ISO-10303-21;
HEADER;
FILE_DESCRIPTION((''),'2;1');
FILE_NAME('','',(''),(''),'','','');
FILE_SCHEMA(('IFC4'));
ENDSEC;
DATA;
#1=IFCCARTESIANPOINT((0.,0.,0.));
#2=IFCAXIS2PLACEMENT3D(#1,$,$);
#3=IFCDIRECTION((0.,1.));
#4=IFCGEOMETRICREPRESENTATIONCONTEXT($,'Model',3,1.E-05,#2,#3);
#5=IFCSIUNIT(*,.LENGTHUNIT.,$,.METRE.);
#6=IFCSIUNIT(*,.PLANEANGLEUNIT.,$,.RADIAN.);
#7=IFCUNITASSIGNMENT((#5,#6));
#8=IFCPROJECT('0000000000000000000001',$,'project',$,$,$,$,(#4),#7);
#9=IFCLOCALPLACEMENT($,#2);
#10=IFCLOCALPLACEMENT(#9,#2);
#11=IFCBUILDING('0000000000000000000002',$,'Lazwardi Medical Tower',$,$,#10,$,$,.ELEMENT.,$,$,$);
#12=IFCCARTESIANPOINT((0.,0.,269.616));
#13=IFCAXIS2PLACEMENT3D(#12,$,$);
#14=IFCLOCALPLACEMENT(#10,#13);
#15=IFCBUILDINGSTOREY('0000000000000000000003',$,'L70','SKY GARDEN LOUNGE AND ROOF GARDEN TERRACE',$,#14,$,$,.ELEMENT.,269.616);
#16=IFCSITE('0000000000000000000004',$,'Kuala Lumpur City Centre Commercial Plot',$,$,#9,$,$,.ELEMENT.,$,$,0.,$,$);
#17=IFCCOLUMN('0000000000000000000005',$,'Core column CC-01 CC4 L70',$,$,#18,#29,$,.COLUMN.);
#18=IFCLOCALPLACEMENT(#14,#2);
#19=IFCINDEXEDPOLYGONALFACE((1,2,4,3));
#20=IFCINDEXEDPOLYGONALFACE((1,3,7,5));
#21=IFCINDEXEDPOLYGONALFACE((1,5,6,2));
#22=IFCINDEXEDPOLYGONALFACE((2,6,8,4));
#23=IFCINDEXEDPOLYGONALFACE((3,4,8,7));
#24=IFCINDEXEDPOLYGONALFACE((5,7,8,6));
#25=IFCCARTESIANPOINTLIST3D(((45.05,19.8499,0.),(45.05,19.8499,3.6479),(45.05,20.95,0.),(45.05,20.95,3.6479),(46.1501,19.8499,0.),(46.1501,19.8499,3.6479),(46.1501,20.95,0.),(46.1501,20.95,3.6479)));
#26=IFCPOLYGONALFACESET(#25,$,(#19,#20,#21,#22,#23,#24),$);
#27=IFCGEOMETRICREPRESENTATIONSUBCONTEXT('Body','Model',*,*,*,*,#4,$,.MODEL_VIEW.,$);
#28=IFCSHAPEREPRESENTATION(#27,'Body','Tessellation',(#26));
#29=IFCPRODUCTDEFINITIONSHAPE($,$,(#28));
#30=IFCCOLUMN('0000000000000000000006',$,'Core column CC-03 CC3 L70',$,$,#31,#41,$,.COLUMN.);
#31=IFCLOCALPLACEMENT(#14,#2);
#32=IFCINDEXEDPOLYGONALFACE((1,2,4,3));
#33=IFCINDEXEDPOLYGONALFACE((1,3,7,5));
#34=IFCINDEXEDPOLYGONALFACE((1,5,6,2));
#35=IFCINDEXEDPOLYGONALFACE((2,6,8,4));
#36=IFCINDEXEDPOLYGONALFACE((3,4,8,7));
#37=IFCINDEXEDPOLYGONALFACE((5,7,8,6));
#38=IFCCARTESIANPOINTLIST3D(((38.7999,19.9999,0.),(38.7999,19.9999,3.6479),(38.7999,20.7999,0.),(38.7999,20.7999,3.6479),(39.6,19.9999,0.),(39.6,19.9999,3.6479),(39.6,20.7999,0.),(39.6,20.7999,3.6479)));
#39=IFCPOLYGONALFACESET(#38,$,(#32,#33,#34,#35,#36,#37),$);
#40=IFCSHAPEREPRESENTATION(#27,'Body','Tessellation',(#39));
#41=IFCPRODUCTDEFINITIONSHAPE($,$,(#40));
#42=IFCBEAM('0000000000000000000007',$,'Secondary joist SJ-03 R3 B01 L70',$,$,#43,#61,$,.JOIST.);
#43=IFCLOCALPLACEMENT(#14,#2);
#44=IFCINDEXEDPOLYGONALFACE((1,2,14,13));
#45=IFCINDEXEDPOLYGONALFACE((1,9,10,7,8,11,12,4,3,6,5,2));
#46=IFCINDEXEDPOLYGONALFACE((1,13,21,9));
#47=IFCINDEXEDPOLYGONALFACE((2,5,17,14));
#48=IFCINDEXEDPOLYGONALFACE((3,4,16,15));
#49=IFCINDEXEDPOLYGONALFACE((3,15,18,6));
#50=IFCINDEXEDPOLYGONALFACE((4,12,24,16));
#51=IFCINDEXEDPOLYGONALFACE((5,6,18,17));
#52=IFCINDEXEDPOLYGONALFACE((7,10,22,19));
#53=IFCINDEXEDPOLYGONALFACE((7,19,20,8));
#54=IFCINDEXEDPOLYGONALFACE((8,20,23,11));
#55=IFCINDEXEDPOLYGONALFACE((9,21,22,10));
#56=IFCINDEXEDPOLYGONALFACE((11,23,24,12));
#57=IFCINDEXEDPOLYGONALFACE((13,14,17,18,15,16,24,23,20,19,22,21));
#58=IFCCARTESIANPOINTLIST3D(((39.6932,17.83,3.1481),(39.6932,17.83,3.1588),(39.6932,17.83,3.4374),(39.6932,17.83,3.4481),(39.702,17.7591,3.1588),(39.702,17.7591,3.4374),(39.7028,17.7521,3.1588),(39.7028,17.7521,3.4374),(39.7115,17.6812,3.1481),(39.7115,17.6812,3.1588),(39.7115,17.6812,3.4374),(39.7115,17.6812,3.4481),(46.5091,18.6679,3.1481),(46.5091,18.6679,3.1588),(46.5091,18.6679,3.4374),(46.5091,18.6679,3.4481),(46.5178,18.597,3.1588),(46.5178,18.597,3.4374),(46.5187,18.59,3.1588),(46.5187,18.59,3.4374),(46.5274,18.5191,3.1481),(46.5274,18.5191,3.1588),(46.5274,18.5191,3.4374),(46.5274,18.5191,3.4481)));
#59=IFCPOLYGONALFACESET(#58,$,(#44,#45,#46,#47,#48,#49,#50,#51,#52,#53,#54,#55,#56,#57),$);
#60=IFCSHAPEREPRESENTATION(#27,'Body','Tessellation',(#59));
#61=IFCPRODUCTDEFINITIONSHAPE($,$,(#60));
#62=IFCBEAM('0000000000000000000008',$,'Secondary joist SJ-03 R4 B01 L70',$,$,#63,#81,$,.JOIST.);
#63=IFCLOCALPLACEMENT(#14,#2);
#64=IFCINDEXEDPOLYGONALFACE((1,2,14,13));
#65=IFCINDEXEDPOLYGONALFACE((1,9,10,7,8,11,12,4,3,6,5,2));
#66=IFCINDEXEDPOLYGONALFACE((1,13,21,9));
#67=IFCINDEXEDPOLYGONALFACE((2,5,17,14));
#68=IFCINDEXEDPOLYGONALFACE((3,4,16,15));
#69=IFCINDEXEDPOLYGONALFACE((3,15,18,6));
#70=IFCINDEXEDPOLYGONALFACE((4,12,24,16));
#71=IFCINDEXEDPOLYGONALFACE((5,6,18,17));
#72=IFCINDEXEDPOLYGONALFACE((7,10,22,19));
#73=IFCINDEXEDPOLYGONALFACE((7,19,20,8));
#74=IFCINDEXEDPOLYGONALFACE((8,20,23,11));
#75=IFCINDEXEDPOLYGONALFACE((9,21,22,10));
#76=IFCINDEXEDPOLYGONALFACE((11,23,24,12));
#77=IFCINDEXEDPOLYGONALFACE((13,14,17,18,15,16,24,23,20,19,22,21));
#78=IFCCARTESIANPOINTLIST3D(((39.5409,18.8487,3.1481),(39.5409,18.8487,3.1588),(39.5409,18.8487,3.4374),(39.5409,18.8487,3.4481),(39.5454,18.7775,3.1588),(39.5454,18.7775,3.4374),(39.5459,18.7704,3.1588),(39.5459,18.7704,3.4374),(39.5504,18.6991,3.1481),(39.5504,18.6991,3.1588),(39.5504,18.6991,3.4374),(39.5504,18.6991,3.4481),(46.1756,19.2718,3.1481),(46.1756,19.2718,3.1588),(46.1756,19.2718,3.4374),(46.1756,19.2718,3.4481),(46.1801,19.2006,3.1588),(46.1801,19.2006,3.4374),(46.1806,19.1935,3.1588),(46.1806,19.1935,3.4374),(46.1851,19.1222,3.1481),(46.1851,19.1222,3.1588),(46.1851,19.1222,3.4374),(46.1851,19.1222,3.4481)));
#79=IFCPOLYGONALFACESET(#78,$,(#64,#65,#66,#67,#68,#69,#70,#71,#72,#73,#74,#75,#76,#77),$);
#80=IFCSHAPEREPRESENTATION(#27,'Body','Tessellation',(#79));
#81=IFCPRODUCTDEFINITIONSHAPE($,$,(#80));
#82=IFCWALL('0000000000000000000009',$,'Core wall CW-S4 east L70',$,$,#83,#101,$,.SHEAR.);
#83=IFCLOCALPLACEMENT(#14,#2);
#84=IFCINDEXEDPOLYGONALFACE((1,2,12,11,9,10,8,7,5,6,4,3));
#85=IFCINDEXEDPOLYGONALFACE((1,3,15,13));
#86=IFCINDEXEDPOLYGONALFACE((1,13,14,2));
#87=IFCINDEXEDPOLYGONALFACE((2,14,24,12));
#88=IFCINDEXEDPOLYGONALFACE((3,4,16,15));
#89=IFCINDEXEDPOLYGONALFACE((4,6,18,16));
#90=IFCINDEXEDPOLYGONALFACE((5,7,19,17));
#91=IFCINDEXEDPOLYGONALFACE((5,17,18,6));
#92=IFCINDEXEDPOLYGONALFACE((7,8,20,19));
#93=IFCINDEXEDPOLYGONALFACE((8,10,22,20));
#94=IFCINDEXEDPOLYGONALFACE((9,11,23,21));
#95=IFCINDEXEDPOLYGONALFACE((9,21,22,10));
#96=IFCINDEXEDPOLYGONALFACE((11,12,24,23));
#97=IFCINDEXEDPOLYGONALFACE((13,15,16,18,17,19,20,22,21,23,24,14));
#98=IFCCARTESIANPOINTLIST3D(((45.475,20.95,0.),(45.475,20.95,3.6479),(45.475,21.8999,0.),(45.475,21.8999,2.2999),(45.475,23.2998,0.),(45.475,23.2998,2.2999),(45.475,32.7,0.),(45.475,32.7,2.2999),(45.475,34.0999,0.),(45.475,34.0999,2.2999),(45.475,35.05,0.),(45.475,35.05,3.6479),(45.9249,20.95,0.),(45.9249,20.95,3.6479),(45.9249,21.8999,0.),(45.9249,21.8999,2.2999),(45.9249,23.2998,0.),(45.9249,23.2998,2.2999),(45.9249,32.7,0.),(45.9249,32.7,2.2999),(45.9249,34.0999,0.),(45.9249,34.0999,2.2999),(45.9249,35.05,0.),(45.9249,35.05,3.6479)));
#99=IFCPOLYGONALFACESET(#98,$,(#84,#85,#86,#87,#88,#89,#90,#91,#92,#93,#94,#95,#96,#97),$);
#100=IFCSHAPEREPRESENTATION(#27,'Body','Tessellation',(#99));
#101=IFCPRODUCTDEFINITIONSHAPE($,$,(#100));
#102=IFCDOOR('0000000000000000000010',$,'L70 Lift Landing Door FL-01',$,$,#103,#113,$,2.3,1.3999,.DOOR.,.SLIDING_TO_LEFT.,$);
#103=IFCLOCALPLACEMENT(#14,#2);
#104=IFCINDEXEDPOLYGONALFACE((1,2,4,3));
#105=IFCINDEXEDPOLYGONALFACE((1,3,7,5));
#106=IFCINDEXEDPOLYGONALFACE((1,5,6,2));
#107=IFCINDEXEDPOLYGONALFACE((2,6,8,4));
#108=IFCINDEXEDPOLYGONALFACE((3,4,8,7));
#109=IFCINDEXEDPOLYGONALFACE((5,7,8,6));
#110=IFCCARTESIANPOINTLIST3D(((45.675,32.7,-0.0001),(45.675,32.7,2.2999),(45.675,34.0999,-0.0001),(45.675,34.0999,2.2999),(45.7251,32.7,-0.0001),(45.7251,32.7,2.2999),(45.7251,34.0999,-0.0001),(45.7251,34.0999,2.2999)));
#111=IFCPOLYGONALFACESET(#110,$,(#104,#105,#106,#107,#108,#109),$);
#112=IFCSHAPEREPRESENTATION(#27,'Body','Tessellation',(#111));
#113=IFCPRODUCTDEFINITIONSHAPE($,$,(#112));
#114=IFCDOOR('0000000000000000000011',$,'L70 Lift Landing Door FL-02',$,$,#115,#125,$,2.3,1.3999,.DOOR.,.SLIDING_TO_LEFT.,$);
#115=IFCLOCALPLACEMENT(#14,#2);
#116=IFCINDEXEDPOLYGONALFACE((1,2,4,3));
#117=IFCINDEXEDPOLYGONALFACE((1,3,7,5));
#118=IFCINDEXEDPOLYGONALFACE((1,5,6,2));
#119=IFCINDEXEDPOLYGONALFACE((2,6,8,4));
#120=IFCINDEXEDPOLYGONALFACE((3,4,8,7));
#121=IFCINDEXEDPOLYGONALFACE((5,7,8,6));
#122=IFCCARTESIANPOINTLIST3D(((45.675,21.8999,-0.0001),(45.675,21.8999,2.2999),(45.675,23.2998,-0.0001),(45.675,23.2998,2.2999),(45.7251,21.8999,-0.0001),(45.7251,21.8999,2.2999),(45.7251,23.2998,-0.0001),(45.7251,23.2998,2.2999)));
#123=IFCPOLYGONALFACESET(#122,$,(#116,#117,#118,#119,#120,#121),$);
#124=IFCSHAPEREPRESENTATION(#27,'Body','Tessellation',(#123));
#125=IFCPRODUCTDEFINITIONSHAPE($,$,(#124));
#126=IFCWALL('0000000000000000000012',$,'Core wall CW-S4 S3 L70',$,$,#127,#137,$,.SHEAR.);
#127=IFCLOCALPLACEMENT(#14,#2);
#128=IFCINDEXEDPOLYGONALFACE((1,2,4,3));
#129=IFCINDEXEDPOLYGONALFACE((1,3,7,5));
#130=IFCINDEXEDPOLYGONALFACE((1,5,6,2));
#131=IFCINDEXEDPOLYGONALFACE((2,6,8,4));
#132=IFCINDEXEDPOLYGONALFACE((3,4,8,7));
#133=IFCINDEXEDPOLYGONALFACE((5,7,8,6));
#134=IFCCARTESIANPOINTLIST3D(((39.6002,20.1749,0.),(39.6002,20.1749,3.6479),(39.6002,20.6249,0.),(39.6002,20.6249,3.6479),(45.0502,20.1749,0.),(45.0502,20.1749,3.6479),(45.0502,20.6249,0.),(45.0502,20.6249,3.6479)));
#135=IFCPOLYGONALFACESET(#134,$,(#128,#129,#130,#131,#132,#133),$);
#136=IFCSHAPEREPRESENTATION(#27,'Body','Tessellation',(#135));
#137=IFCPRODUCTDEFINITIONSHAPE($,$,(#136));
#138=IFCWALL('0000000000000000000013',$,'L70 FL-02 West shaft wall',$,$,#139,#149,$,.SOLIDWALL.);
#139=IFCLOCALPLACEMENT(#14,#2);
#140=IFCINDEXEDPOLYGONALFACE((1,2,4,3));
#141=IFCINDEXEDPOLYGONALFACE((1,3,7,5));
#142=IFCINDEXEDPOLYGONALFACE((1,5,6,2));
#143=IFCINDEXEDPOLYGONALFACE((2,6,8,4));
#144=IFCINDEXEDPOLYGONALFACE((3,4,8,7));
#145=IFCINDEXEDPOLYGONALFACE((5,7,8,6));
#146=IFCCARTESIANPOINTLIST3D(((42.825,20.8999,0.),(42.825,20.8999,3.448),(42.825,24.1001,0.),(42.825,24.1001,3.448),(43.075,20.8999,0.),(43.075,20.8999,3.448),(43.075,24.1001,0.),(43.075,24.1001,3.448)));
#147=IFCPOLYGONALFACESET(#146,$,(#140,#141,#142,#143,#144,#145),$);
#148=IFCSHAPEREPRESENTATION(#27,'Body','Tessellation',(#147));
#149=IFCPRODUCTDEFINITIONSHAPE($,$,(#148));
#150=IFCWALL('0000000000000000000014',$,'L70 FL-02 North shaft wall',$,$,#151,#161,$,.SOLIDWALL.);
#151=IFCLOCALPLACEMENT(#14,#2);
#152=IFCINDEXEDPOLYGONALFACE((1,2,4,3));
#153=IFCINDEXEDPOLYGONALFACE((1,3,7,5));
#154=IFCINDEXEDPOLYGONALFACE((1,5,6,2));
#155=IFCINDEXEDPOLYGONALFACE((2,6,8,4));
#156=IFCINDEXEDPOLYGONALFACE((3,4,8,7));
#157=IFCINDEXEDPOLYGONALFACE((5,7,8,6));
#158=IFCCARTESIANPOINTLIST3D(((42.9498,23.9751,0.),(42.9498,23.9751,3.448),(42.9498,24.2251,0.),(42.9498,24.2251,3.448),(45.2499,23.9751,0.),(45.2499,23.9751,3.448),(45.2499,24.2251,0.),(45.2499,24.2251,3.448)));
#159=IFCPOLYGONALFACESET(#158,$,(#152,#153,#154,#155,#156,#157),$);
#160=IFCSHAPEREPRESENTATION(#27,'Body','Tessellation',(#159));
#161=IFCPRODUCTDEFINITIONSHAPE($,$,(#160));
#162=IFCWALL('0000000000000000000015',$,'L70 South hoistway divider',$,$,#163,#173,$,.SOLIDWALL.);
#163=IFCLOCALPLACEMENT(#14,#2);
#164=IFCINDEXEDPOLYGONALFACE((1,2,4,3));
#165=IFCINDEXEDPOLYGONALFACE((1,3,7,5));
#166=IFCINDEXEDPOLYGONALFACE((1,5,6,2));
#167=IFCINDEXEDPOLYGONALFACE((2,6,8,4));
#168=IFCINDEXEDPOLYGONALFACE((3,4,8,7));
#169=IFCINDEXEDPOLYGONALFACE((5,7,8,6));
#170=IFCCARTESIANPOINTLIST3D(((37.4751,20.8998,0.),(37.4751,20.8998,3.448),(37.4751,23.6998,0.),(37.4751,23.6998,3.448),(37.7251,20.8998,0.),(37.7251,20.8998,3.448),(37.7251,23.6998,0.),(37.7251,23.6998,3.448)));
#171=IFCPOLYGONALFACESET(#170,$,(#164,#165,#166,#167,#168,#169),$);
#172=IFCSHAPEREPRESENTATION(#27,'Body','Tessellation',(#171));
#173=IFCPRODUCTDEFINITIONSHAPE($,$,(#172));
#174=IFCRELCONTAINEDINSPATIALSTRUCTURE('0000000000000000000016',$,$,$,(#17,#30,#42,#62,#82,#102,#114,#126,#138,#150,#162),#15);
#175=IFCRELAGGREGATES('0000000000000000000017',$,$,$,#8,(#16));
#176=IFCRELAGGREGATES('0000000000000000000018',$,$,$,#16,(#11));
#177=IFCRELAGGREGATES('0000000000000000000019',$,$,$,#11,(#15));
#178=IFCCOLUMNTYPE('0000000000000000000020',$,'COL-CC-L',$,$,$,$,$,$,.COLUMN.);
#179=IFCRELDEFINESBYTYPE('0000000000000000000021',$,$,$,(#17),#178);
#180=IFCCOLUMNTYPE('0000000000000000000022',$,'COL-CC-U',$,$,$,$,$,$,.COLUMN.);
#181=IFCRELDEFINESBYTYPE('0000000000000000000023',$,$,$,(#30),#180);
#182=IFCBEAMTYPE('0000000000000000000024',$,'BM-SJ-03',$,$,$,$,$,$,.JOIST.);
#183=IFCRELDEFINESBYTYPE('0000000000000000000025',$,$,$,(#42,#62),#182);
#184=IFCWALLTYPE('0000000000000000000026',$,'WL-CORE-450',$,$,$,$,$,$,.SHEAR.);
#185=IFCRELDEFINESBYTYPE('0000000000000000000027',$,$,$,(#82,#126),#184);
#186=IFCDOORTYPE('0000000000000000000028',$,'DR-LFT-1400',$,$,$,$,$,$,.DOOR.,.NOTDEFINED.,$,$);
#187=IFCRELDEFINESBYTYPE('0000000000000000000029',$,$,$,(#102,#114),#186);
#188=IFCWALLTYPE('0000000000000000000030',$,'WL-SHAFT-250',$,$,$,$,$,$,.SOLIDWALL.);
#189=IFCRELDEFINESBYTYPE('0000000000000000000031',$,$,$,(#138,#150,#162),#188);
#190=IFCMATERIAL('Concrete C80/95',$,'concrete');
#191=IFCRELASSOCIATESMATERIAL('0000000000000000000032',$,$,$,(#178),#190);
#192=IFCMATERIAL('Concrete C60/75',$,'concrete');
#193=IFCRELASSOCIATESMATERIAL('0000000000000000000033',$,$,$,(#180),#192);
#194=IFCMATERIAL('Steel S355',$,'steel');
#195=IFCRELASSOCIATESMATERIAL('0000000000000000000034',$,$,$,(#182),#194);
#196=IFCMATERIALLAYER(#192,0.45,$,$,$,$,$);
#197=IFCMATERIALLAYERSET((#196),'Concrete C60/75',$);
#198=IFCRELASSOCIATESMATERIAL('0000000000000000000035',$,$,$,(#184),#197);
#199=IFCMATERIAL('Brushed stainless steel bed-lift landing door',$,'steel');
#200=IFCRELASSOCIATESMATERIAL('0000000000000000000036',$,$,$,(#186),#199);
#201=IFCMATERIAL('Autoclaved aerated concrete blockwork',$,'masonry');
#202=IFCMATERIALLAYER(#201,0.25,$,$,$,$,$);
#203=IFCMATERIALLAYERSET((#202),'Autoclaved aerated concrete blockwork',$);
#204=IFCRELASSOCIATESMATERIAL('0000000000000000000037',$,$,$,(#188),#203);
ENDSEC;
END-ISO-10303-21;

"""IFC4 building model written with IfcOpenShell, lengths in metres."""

from ifc_helpers import new_model, si_unit, direction, frame, frame_2d, origin, origin_2d, place, context, subcontext, project, spatial, rectangle, i_section, extrude, material, layer, layer_set, material_profile, profile_set, type_object, element, fill, save


model = new_model("IFC4")

# Units and contexts
model_context = context("Model", 3, precision=1e-05, world=origin(), true_north=direction((0.0, 1.0)))
body_context = subcontext(model_context, "Body", "Model", "MODEL_VIEW")
ifc_project = project(units=[si_unit("LENGTHUNIT", "METRE"), si_unit("PLANEANGLEUNIT", "RADIAN")], contexts=[model_context])

# Site, building, storey
site_placement = place(None, origin())
site = spatial("IfcSite", under=ifc_project, at=site_placement, Name="Kuala Lumpur City Centre Commercial Plot", CompositionType="ELEMENT", RefElevation=0.0)
building_placement = place(site_placement, origin())
building = spatial("IfcBuilding", under=site, at=building_placement, Name="Lazwardi Medical Tower", CompositionType="ELEMENT")
storey_placement = place(building_placement, frame((0.0, 0.0, 269.616)))
storey = spatial("IfcBuildingStorey", under=building, at=storey_placement, Name="L70", Description="SKY GARDEN LOUNGE AND ROOF GARDEN TERRACE", CompositionType="ELEMENT", Elevation=269.616)

# Columns
ifc_material_1 = material(Name="Concrete C80/95", Category="concrete")
ifc_material_profile_1 = material_profile(ifc_material_1, rectangle(XDim=1.1001, YDim=1.1001, at=origin_2d()), Name="RC 1100x1100")
ifc_profile_set_1 = profile_set([ifc_material_profile_1], Name="Concrete C80/95")
column_type_1 = type_object("IfcColumnType", Name="COL-CC-L", PredefinedType="COLUMN", material=ifc_profile_set_1)
column_1_placement = place(storey_placement, frame((45.6001, 20.3999, 0.0), z_axis=(0.0, 0.0, 1.0), x_axis=(1.0, 0.0, 0.0)))
element("IfcColumn", 1, at=column_1_placement, inside=storey, type_object=column_type_1, Name="Core column CC-01 CC4 L70", PredefinedType="COLUMN", context=body_context, shape_type="SweptSolid", body=[
    extrude(rectangle(XDim=1.1001, YDim=1.1001, at=origin_2d()), origin(), (0.0, 0.0, 1.0), 3.6479),
])
ifc_material_2 = material(Name="Concrete C60/75", Category="concrete")
ifc_material_profile_2 = material_profile(ifc_material_2, rectangle(XDim=0.8, YDim=0.8, at=origin_2d()), Name="RC 800x800")
ifc_profile_set_2 = profile_set([ifc_material_profile_2], Name="Concrete C60/75")
column_type_2 = type_object("IfcColumnType", Name="COL-CC-U", PredefinedType="COLUMN", material=ifc_profile_set_2)
column_2_placement = place(storey_placement, frame((39.2, 20.3999, 0.0), z_axis=(0.0, 0.0, 1.0), x_axis=(1.0, 0.0, 0.0)))
element("IfcColumn", 2, at=column_2_placement, inside=storey, type_object=column_type_2, Name="Core column CC-03 CC3 L70", PredefinedType="COLUMN", context=body_context, shape_type="SweptSolid", body=[
    extrude(rectangle(XDim=0.8, YDim=0.8, at=origin_2d()), origin(), (0.0, 0.0, 1.0), 3.6479),
])

# Beams
ifc_material_3 = material(Name="Steel S355", Category="steel")
ifc_material_profile_3 = material_profile(ifc_material_3, i_section(OverallWidth=0.1499, OverallDepth=0.3, WebThickness=0.0071, FlangeThickness=0.0107, at=origin_2d()), Name="IPE 300")
ifc_profile_set_3 = profile_set([ifc_material_profile_3], Name="Steel S355")
beam_type = type_object("IfcBeamType", Name="BM-SJ-03", PredefinedType="JOIST", material=ifc_profile_set_3)
beam_1_placement = place(storey_placement, frame((39.7024, 17.7556, 3.2981), z_axis=(0.992529, 0.122013, 0.0), x_axis=(-0.122013, 0.992529, 0.0)))
element("IfcBeam", 3, at=beam_1_placement, inside=storey, type_object=beam_type, Name="Secondary joist SJ-03 R3 B01 L70", PredefinedType="JOIST", context=body_context, shape_type="SweptSolid", body=[
    extrude(i_section(OverallWidth=0.1499, OverallDepth=0.3, WebThickness=0.0071, FlangeThickness=0.0107, at=origin_2d()), origin(), (0.0, 0.0, 1.0), 6.8672),
])
beam_2_placement = place(storey_placement, frame((39.5457, 18.7739, 3.2981), z_axis=(0.997973, 0.06364, 0.0), x_axis=(-0.06364, 0.997973, 0.0)))
element("IfcBeam", 4, at=beam_2_placement, inside=storey, type_object=beam_type, Name="Secondary joist SJ-03 R4 B01 L70", PredefinedType="JOIST", context=body_context, shape_type="SweptSolid", body=[
    extrude(i_section(OverallWidth=0.1499, OverallDepth=0.3, WebThickness=0.0071, FlangeThickness=0.0107, at=origin_2d()), origin(), (0.0, 0.0, 1.0), 6.6482),
])

# Wall, openings, doors
ifc_layer_1 = layer(ifc_material_2, 0.45)
ifc_layer_set_1 = layer_set([ifc_layer_1], Name="Concrete C60/75")
wall_type_1 = type_object("IfcWallType", Name="WL-CORE-450", PredefinedType="SHEAR", material=ifc_layer_set_1)
wall_1_placement = place(storey_placement, frame((45.7, 20.95, 0.0), z_axis=(0.0, 0.0, 1.0), x_axis=(0.0, 1.0, 0.0)))
wall_1 = element("IfcWall", 5, at=wall_1_placement, inside=storey, type_object=wall_type_1, Name="Core wall CW-S4 east L70", PredefinedType="SHEAR", context=body_context, shape_type="SweptSolid", body=[
    extrude(rectangle(XDim=14.1001, YDim=0.45, at=frame_2d((7.05, 0.0))), origin(), (0.0, 0.0, 1.0), 3.6479),
])
opening_1_placement = place(wall_1_placement, frame((11.75, 0.0, 0.0)))
opening_1 = element("IfcOpeningElement", 6, at=opening_1_placement, cuts=wall_1, PredefinedType="OPENING", context=body_context, shape_type="SweptSolid", body=[
    extrude(rectangle(XDim=1.3999, YDim=2.3, at=frame_2d((0.7, 1.1499))), frame((0.0, 0.2349, 0.0), z_axis=(0.0, -1.0, 0.0), x_axis=(1.0, 0.0, 0.0)), (0.0, 0.0, 1.0), 0.47),
])
opening_2_placement = place(wall_1_placement, frame((0.95, 0.0, 0.0)))
opening_2 = element("IfcOpeningElement", 7, at=opening_2_placement, cuts=wall_1, PredefinedType="OPENING", context=body_context, shape_type="SweptSolid", body=[
    extrude(rectangle(XDim=1.3999, YDim=2.3, at=frame_2d((0.7, 1.1499))), frame((0.0, 0.2349, 0.0), z_axis=(0.0, -1.0, 0.0), x_axis=(1.0, 0.0, 0.0)), (0.0, 0.0, 1.0), 0.47),
])
ifc_material_4 = material(Name="Brushed stainless steel bed-lift landing door", Category="steel")
door_type = type_object("IfcDoorType", Name="DR-LFT-1400", OperationType="NOTDEFINED", PredefinedType="DOOR", material=ifc_material_4)
door_1_placement = place(opening_1_placement, origin())
door_1 = element("IfcDoor", 8, at=door_1_placement, inside=storey, type_object=door_type, Name="L70 Lift Landing Door FL-01", OperationType="SLIDING_TO_LEFT", OverallHeight=2.3, OverallWidth=1.3999, PredefinedType="DOOR", context=body_context, shape_type="SweptSolid", body=[
    extrude(rectangle(XDim=1.3999, YDim=2.3, at=frame_2d((0.7, 1.1499))), frame((0.0, 0.0249, 0.0), z_axis=(0.0, -1.0, 0.0), x_axis=(1.0, 0.0, 0.0)), (0.0, 0.0, 1.0), 0.05),
])
fill(opening_1, door_1)
door_2_placement = place(opening_2_placement, origin())
door_2 = element("IfcDoor", 9, at=door_2_placement, inside=storey, type_object=door_type, Name="L70 Lift Landing Door FL-02", OperationType="SLIDING_TO_LEFT", OverallHeight=2.3, OverallWidth=1.3999, PredefinedType="DOOR", context=body_context, shape_type="SweptSolid", body=[
    extrude(rectangle(XDim=1.3999, YDim=2.3, at=frame_2d((0.7, 1.1499))), frame((0.0, 0.0249, 0.0), z_axis=(0.0, -1.0, 0.0), x_axis=(1.0, 0.0, 0.0)), (0.0, 0.0, 1.0), 0.05),
])
fill(opening_2, door_2)

# Walls
wall_2_placement = place(storey_placement, frame((39.6001, 20.3999, 0.0), z_axis=(0.0, 0.0, 1.0), x_axis=(1.0, 0.0, 0.0)))
element("IfcWall", 10, at=wall_2_placement, inside=storey, type_object=wall_type_1, Name="Core wall CW-S4 S3 L70", PredefinedType="SHEAR", context=body_context, shape_type="SweptSolid", body=[
    extrude(rectangle(XDim=5.45, YDim=0.45, at=frame_2d((2.7251, 0.0))), origin(), (0.0, 0.0, 1.0), 3.6479),
])
ifc_material_5 = material(Name="Autoclaved aerated concrete blockwork", Category="masonry")
ifc_layer_2 = layer(ifc_material_5, 0.25)
ifc_layer_set_2 = layer_set([ifc_layer_2], Name="Autoclaved aerated concrete blockwork")
wall_type_2 = type_object("IfcWallType", Name="WL-SHAFT-250", PredefinedType="SOLIDWALL", material=ifc_layer_set_2)
wall_3_placement = place(storey_placement, frame((42.95, 20.8999, 0.0), z_axis=(0.0, 0.0, 1.0), x_axis=(0.0, 1.0, 0.0)))
element("IfcWall", 11, at=wall_3_placement, inside=storey, type_object=wall_type_2, Name="L70 FL-02 West shaft wall", PredefinedType="SOLIDWALL", context=body_context, shape_type="SweptSolid", body=[
    extrude(rectangle(XDim=3.2002, YDim=0.25, at=frame_2d((1.6001, 0.0))), origin(), (0.0, 0.0, 1.0), 3.448),
])
wall_4_placement = place(storey_placement, frame((42.95, 24.1001, 0.0), z_axis=(0.0, 0.0, 1.0), x_axis=(1.0, 0.0, 0.0)))
element("IfcWall", 12, at=wall_4_placement, inside=storey, type_object=wall_type_2, Name="L70 FL-02 North shaft wall", PredefinedType="SOLIDWALL", context=body_context, shape_type="SweptSolid", body=[
    extrude(rectangle(XDim=2.3, YDim=0.25, at=frame_2d((1.1499, 0.0))), origin(), (0.0, 0.0, 1.0), 3.448),
])
for number, where, z_axis, x_axis, name in (
    (13, (37.6001, 20.8999, 0.0), (0.0, 0.0, 1.0), (0.0, 1.0, 0.0), "L70 South hoistway divider"),
):
    element("IfcWall", number, at=place(storey_placement, frame(where, z_axis=z_axis, x_axis=x_axis)), inside=storey, type_object=wall_type_2, Name=name, PredefinedType="SOLIDWALL", context=body_context, shape_type="SweptSolid", body=[
        extrude(rectangle(XDim=2.8, YDim=0.25, at=frame_2d((1.3999, 0.0))), origin(), (0.0, 0.0, 1.0), 3.448),
    ])

save(model, "model.ifc")
